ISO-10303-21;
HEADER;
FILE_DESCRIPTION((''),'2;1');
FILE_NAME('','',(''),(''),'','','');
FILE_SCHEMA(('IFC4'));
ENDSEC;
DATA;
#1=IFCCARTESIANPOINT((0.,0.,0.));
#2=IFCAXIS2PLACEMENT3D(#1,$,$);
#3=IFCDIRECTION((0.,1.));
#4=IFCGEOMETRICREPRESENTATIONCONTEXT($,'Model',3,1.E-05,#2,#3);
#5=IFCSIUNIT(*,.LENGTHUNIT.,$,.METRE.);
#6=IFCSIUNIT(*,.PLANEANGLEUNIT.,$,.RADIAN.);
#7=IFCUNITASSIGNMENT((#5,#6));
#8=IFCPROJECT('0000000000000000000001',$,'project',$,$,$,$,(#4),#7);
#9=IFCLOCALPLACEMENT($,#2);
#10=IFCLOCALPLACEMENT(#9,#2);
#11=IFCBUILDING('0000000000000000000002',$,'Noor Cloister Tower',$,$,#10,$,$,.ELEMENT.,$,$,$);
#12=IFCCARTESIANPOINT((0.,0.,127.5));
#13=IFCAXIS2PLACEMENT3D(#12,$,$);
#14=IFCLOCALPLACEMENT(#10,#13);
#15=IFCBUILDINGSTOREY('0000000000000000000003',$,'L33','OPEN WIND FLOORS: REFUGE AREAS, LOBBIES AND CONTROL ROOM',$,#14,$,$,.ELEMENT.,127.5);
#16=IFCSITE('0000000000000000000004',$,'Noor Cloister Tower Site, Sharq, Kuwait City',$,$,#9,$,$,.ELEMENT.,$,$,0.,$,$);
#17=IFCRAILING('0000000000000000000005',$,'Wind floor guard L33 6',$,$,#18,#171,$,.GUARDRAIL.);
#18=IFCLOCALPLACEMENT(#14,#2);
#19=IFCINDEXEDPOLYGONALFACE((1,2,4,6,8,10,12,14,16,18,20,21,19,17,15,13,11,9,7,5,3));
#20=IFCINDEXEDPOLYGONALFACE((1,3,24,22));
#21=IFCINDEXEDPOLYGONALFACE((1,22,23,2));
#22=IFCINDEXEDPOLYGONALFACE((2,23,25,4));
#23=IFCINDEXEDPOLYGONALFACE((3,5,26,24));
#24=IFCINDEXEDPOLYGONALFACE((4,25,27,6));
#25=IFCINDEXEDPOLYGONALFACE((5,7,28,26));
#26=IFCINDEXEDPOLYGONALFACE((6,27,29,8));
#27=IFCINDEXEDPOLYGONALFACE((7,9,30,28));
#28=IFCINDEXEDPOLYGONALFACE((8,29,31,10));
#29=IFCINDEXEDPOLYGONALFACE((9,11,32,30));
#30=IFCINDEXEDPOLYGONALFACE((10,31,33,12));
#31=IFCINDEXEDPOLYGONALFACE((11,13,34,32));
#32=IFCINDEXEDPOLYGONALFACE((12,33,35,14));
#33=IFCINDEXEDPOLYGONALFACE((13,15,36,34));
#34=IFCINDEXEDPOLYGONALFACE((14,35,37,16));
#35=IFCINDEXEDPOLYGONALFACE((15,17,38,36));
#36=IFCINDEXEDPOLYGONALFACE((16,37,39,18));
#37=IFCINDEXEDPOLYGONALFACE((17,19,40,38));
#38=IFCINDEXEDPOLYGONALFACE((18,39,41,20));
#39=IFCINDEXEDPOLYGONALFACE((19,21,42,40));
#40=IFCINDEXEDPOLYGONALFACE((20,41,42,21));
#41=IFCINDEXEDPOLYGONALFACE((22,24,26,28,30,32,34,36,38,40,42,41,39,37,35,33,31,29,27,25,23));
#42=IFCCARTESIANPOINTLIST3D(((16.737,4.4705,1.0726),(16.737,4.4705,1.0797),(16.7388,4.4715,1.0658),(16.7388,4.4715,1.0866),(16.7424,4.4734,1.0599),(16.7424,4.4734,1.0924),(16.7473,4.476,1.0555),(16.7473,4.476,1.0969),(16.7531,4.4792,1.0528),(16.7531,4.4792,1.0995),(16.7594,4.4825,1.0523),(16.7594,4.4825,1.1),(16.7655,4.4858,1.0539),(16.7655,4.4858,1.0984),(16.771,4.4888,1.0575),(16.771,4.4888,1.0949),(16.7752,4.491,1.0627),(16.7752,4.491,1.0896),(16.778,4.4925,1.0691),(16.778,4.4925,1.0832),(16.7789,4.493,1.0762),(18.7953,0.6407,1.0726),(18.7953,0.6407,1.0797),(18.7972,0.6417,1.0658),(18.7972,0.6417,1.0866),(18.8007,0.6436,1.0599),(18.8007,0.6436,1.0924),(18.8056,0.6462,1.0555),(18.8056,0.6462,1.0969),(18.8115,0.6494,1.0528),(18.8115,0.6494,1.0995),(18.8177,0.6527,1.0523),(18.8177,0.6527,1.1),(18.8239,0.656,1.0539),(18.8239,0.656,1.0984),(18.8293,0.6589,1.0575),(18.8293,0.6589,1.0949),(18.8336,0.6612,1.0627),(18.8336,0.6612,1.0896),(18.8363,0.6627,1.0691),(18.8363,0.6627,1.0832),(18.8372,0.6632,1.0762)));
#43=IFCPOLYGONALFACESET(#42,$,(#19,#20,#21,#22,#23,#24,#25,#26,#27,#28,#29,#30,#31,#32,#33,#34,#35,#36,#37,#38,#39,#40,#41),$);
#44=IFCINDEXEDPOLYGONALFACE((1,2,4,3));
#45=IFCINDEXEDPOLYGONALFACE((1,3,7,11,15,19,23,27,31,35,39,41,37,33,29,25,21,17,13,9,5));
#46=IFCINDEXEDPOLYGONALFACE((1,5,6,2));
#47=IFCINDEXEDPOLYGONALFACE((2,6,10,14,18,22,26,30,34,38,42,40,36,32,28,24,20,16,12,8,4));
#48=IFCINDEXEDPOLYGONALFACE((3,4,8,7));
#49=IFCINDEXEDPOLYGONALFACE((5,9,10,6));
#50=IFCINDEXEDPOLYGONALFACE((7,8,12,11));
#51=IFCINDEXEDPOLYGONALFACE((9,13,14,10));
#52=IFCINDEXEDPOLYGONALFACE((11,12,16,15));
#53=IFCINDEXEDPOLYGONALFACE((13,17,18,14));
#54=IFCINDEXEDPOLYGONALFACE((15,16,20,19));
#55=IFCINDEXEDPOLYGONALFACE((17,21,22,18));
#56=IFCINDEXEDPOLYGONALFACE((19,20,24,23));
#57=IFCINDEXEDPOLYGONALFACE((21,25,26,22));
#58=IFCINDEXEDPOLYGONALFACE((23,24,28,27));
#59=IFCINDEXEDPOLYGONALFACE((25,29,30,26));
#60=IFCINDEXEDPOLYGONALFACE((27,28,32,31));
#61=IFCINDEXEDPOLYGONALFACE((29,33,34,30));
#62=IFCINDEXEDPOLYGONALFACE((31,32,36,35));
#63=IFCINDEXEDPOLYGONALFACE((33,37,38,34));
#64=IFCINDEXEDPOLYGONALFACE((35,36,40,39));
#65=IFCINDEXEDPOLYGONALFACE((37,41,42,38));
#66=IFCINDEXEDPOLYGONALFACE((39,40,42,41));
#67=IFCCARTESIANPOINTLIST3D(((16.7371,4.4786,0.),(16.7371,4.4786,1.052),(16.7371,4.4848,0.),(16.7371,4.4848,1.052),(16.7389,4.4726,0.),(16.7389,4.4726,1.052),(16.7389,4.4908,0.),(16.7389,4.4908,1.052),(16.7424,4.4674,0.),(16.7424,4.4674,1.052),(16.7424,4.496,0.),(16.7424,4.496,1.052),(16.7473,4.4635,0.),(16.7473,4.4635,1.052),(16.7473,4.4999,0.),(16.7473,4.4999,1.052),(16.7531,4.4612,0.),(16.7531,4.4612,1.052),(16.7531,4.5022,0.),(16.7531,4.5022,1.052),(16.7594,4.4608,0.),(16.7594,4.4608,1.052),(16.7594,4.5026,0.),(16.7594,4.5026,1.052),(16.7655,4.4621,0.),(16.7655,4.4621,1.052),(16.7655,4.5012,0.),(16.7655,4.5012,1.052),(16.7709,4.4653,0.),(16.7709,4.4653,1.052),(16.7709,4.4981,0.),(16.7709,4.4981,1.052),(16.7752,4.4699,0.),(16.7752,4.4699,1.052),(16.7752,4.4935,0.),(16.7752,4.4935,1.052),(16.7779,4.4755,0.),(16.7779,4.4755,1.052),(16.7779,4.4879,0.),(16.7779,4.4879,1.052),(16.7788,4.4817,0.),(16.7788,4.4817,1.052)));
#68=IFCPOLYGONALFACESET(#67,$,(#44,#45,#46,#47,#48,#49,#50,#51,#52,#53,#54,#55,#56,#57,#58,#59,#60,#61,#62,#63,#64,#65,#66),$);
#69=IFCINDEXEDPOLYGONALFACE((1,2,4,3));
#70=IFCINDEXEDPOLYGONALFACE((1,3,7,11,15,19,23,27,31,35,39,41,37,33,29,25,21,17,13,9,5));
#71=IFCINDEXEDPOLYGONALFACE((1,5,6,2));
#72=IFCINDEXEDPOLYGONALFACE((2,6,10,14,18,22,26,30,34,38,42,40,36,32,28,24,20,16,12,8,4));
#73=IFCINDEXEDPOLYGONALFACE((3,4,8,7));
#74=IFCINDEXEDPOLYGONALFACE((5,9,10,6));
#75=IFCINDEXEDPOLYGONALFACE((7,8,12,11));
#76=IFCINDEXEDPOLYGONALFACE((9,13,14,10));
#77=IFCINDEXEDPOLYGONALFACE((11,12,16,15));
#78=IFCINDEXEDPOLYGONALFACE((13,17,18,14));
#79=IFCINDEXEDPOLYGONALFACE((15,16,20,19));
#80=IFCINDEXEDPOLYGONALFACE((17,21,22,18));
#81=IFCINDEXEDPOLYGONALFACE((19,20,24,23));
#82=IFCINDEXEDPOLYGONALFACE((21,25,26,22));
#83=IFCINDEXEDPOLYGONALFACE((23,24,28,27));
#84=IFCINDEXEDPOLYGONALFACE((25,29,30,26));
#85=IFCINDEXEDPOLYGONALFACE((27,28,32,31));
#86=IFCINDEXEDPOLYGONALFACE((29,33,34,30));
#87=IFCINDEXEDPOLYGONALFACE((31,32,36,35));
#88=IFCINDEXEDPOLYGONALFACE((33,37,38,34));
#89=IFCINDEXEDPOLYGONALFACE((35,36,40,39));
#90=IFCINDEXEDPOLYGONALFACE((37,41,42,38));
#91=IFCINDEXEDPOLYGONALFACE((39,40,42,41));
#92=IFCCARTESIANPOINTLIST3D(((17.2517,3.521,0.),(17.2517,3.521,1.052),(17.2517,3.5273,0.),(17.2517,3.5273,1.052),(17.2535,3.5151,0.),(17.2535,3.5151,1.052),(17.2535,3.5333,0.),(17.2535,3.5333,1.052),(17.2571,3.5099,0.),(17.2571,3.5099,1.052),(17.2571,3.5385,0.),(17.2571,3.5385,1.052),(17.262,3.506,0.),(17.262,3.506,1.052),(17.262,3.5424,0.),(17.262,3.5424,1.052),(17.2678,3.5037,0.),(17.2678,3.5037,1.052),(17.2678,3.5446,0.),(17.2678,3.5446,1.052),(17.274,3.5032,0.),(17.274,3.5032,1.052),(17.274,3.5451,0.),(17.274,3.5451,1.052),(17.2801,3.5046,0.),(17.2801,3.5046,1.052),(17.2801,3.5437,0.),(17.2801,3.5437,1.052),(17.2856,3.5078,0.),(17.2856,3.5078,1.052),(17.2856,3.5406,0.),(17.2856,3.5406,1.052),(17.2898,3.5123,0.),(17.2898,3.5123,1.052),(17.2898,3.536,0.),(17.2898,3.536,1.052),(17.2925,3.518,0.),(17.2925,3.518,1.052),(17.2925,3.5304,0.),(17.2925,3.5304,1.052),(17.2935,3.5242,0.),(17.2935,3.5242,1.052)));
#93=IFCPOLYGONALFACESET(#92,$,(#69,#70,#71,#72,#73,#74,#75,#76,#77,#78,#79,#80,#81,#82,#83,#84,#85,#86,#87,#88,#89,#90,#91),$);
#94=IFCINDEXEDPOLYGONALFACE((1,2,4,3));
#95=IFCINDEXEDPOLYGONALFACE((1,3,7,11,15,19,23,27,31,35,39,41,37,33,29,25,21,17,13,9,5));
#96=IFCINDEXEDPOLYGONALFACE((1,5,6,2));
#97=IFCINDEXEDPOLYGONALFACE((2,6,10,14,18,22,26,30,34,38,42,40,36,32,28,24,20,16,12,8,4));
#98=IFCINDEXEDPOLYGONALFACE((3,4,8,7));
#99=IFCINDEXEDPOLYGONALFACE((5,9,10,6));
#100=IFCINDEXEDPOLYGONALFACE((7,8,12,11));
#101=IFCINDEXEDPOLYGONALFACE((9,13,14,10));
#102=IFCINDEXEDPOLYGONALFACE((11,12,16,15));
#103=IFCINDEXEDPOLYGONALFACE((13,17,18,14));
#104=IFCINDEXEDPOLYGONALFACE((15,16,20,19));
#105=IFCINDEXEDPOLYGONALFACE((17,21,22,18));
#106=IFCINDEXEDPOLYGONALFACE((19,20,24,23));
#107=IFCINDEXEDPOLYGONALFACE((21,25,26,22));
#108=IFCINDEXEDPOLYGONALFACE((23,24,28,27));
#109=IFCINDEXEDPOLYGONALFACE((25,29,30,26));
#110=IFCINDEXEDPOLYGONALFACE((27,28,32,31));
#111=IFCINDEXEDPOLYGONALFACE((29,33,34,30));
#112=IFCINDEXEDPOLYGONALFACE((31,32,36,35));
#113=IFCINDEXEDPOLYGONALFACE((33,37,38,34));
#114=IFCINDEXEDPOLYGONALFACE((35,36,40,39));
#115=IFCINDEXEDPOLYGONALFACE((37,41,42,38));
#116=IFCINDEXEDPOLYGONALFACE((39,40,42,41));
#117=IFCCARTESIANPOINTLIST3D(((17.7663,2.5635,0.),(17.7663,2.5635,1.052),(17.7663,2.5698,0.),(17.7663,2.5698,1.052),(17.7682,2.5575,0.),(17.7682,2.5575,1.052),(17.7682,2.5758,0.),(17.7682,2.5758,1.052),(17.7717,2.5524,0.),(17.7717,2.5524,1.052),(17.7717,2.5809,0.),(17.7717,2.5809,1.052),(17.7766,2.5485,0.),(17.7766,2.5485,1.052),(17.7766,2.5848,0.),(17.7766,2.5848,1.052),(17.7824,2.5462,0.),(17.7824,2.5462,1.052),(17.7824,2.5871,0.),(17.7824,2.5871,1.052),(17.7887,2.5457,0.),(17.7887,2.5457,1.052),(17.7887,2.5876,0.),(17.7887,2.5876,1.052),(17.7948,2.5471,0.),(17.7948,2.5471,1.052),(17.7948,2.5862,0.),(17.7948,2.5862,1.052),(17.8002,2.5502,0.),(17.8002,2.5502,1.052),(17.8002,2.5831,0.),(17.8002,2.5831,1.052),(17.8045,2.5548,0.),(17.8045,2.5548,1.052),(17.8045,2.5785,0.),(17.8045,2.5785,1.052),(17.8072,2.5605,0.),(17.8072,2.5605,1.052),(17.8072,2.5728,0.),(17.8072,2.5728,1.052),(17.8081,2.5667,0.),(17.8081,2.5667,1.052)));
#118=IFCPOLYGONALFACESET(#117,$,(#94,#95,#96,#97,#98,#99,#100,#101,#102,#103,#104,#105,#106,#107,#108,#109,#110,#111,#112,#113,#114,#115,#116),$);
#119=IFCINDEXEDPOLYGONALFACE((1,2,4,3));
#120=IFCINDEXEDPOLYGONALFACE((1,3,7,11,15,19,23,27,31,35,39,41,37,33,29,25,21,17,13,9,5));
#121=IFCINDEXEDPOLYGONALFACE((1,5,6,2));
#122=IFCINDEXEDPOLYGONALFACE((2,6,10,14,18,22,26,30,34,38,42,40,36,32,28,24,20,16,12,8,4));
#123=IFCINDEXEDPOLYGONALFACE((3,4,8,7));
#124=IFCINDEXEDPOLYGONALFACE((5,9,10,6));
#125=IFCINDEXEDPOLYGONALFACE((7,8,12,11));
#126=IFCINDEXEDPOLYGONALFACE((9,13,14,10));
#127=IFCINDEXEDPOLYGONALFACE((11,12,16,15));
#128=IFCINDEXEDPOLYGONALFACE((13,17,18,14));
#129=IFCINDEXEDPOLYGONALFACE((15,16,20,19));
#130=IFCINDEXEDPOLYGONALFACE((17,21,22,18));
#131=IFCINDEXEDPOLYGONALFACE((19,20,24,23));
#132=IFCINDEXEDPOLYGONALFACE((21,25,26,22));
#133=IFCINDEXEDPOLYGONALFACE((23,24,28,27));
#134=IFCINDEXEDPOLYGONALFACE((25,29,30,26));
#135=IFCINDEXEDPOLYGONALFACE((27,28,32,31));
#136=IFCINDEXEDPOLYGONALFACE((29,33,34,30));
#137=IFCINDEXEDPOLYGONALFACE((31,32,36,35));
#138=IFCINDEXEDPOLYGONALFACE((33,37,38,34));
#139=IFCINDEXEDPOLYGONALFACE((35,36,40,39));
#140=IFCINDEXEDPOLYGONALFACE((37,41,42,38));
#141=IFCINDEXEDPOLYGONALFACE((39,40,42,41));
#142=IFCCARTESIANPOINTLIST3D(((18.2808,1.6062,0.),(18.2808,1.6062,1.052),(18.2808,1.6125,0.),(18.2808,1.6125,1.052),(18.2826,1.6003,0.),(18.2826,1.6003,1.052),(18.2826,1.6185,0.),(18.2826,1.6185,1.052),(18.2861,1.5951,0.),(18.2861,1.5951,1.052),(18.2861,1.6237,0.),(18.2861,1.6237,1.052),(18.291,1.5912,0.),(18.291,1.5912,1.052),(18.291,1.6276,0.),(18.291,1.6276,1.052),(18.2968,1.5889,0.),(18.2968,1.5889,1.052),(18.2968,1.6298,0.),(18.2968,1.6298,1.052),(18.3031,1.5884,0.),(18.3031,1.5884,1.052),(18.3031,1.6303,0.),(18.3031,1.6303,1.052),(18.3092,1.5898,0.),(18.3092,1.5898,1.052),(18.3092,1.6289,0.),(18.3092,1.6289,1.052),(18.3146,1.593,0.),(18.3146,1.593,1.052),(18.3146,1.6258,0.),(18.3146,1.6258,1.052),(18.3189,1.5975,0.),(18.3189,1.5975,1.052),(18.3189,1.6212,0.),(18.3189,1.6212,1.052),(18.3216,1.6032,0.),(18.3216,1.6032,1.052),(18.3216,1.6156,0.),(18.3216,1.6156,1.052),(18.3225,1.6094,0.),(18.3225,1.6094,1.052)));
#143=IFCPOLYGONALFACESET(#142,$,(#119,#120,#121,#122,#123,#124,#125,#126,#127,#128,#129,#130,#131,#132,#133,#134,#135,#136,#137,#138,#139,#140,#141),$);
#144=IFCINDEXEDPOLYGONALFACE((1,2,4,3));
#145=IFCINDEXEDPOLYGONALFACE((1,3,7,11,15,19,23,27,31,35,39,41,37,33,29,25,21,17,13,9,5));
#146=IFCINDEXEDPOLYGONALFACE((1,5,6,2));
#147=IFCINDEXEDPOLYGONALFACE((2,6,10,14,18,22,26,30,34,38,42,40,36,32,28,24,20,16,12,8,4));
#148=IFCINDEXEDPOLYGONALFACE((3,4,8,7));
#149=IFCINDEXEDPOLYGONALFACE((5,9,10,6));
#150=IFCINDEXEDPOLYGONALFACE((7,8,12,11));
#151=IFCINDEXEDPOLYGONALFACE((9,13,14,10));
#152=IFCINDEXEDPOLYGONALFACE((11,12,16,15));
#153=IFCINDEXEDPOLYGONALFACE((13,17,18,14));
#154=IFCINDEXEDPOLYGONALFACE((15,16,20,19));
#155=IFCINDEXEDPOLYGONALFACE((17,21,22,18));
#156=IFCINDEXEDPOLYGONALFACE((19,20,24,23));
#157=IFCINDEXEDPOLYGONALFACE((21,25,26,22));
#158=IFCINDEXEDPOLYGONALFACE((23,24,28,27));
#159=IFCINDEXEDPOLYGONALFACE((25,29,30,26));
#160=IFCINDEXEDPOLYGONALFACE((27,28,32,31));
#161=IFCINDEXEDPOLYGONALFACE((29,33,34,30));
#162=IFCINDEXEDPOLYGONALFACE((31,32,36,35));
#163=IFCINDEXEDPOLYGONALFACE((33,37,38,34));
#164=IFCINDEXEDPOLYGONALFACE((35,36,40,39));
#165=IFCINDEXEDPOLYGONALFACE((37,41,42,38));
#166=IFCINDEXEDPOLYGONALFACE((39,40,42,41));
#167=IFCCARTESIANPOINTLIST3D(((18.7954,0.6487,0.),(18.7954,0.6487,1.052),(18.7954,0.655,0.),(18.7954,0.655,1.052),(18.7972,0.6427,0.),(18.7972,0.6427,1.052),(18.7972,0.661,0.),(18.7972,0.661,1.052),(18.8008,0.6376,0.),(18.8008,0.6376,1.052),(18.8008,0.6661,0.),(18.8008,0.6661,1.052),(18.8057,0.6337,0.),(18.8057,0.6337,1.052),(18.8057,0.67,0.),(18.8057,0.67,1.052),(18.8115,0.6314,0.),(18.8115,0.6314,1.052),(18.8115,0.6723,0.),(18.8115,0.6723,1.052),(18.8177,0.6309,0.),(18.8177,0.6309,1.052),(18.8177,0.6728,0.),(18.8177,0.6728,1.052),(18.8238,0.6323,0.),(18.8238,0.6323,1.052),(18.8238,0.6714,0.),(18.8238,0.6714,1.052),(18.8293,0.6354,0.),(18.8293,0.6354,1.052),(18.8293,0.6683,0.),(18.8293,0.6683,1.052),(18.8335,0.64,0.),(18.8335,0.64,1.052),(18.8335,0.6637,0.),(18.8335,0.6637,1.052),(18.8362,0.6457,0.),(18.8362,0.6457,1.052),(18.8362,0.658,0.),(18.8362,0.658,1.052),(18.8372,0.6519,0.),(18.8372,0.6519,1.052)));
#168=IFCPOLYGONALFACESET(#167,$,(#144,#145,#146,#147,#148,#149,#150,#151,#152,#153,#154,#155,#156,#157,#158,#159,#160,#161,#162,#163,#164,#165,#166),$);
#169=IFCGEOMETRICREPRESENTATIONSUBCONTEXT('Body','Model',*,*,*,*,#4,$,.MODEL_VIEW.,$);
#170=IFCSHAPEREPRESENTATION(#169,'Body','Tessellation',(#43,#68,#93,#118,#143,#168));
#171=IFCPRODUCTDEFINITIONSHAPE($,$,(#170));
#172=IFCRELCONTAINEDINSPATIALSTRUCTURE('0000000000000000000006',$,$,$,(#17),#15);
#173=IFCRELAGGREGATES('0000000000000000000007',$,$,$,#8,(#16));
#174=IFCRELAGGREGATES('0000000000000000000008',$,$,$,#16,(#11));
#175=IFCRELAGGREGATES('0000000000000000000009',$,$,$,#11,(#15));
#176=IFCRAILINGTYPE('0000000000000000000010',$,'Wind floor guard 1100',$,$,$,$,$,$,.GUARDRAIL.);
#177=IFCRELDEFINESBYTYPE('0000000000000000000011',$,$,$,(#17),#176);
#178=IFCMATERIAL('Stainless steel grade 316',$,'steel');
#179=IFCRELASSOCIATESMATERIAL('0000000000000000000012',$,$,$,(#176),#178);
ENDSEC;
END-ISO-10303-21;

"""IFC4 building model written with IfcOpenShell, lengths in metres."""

from ifc_helpers import new_model, si_unit, direction, frame, origin, origin_2d, place, context, subcontext, project, spatial, circle, extrude, material, type_object, element, save


model = new_model("IFC4")

# Units and contexts
model_context = context("Model", 3, precision=1e-05, world=origin(), true_north=direction((0.0, 1.0)))
body_context = subcontext(model_context, "Body", "Model", "MODEL_VIEW")
ifc_project = project(units=[si_unit("LENGTHUNIT", "METRE"), si_unit("PLANEANGLEUNIT", "RADIAN")], contexts=[model_context])

# Site, building, storey
site_placement = place(None, origin())
site = spatial("IfcSite", under=ifc_project, at=site_placement, Name="Noor Cloister Tower Site, Sharq, Kuwait City", CompositionType="ELEMENT", RefElevation=0.0)
building_placement = place(site_placement, origin())
building = spatial("IfcBuilding", under=site, at=building_placement, Name="Noor Cloister Tower", CompositionType="ELEMENT")
storey_placement = place(building_placement, frame((0.0, 0.0, 127.5)))
storey = spatial("IfcBuildingStorey", under=building, at=storey_placement, Name="L33", Description="OPEN WIND FLOORS: REFUGE AREAS, LOBBIES AND CONTROL ROOM", CompositionType="ELEMENT", Elevation=127.5)

# Railing
ifc_material_1 = material(Name="Stainless steel grade 316", Category="steel")
railing_type = type_object("IfcRailingType", Name="Wind floor guard 1100", PredefinedType="GUARDRAIL", material=ifc_material_1)
railing_1_placement = place(storey_placement, frame((16.7578, 4.4817, 0.0)))
element("IfcRailing", 1, at=railing_1_placement, inside=storey, type_object=railing_type, Name="Wind floor guard L33 6", PredefinedType="GUARDRAIL", context=body_context, shape_type="SweptSolid", body=[
    extrude(circle(Radius=0.0239, at=origin_2d()), frame((0.0, 0.0, 1.0762), z_axis=(0.47341, -0.880842, 0.0), x_axis=(0.880842, 0.47341, 0.0)), (0.0, 0.0, 1.0), 4.3479),
    extrude(circle(Radius=0.021, at=origin_2d()), origin(), (0.0, 0.0, 1.0), 1.052),
    extrude(circle(Radius=0.021, at=origin_2d()), frame((0.5146, -0.9575, 0.0)), (0.0, 0.0, 1.0), 1.052),
    extrude(circle(Radius=0.021, at=origin_2d()), frame((1.0293, -1.915, 0.0)), (0.0, 0.0, 1.0), 1.052),
    extrude(circle(Radius=0.021, at=origin_2d()), frame((1.5437, -2.8723, 0.0)), (0.0, 0.0, 1.0), 1.052),
    extrude(circle(Radius=0.021, at=origin_2d()), frame((2.0583, -3.8298, 0.0)), (0.0, 0.0, 1.0), 1.052),
])

save(model, "model.ifc")
